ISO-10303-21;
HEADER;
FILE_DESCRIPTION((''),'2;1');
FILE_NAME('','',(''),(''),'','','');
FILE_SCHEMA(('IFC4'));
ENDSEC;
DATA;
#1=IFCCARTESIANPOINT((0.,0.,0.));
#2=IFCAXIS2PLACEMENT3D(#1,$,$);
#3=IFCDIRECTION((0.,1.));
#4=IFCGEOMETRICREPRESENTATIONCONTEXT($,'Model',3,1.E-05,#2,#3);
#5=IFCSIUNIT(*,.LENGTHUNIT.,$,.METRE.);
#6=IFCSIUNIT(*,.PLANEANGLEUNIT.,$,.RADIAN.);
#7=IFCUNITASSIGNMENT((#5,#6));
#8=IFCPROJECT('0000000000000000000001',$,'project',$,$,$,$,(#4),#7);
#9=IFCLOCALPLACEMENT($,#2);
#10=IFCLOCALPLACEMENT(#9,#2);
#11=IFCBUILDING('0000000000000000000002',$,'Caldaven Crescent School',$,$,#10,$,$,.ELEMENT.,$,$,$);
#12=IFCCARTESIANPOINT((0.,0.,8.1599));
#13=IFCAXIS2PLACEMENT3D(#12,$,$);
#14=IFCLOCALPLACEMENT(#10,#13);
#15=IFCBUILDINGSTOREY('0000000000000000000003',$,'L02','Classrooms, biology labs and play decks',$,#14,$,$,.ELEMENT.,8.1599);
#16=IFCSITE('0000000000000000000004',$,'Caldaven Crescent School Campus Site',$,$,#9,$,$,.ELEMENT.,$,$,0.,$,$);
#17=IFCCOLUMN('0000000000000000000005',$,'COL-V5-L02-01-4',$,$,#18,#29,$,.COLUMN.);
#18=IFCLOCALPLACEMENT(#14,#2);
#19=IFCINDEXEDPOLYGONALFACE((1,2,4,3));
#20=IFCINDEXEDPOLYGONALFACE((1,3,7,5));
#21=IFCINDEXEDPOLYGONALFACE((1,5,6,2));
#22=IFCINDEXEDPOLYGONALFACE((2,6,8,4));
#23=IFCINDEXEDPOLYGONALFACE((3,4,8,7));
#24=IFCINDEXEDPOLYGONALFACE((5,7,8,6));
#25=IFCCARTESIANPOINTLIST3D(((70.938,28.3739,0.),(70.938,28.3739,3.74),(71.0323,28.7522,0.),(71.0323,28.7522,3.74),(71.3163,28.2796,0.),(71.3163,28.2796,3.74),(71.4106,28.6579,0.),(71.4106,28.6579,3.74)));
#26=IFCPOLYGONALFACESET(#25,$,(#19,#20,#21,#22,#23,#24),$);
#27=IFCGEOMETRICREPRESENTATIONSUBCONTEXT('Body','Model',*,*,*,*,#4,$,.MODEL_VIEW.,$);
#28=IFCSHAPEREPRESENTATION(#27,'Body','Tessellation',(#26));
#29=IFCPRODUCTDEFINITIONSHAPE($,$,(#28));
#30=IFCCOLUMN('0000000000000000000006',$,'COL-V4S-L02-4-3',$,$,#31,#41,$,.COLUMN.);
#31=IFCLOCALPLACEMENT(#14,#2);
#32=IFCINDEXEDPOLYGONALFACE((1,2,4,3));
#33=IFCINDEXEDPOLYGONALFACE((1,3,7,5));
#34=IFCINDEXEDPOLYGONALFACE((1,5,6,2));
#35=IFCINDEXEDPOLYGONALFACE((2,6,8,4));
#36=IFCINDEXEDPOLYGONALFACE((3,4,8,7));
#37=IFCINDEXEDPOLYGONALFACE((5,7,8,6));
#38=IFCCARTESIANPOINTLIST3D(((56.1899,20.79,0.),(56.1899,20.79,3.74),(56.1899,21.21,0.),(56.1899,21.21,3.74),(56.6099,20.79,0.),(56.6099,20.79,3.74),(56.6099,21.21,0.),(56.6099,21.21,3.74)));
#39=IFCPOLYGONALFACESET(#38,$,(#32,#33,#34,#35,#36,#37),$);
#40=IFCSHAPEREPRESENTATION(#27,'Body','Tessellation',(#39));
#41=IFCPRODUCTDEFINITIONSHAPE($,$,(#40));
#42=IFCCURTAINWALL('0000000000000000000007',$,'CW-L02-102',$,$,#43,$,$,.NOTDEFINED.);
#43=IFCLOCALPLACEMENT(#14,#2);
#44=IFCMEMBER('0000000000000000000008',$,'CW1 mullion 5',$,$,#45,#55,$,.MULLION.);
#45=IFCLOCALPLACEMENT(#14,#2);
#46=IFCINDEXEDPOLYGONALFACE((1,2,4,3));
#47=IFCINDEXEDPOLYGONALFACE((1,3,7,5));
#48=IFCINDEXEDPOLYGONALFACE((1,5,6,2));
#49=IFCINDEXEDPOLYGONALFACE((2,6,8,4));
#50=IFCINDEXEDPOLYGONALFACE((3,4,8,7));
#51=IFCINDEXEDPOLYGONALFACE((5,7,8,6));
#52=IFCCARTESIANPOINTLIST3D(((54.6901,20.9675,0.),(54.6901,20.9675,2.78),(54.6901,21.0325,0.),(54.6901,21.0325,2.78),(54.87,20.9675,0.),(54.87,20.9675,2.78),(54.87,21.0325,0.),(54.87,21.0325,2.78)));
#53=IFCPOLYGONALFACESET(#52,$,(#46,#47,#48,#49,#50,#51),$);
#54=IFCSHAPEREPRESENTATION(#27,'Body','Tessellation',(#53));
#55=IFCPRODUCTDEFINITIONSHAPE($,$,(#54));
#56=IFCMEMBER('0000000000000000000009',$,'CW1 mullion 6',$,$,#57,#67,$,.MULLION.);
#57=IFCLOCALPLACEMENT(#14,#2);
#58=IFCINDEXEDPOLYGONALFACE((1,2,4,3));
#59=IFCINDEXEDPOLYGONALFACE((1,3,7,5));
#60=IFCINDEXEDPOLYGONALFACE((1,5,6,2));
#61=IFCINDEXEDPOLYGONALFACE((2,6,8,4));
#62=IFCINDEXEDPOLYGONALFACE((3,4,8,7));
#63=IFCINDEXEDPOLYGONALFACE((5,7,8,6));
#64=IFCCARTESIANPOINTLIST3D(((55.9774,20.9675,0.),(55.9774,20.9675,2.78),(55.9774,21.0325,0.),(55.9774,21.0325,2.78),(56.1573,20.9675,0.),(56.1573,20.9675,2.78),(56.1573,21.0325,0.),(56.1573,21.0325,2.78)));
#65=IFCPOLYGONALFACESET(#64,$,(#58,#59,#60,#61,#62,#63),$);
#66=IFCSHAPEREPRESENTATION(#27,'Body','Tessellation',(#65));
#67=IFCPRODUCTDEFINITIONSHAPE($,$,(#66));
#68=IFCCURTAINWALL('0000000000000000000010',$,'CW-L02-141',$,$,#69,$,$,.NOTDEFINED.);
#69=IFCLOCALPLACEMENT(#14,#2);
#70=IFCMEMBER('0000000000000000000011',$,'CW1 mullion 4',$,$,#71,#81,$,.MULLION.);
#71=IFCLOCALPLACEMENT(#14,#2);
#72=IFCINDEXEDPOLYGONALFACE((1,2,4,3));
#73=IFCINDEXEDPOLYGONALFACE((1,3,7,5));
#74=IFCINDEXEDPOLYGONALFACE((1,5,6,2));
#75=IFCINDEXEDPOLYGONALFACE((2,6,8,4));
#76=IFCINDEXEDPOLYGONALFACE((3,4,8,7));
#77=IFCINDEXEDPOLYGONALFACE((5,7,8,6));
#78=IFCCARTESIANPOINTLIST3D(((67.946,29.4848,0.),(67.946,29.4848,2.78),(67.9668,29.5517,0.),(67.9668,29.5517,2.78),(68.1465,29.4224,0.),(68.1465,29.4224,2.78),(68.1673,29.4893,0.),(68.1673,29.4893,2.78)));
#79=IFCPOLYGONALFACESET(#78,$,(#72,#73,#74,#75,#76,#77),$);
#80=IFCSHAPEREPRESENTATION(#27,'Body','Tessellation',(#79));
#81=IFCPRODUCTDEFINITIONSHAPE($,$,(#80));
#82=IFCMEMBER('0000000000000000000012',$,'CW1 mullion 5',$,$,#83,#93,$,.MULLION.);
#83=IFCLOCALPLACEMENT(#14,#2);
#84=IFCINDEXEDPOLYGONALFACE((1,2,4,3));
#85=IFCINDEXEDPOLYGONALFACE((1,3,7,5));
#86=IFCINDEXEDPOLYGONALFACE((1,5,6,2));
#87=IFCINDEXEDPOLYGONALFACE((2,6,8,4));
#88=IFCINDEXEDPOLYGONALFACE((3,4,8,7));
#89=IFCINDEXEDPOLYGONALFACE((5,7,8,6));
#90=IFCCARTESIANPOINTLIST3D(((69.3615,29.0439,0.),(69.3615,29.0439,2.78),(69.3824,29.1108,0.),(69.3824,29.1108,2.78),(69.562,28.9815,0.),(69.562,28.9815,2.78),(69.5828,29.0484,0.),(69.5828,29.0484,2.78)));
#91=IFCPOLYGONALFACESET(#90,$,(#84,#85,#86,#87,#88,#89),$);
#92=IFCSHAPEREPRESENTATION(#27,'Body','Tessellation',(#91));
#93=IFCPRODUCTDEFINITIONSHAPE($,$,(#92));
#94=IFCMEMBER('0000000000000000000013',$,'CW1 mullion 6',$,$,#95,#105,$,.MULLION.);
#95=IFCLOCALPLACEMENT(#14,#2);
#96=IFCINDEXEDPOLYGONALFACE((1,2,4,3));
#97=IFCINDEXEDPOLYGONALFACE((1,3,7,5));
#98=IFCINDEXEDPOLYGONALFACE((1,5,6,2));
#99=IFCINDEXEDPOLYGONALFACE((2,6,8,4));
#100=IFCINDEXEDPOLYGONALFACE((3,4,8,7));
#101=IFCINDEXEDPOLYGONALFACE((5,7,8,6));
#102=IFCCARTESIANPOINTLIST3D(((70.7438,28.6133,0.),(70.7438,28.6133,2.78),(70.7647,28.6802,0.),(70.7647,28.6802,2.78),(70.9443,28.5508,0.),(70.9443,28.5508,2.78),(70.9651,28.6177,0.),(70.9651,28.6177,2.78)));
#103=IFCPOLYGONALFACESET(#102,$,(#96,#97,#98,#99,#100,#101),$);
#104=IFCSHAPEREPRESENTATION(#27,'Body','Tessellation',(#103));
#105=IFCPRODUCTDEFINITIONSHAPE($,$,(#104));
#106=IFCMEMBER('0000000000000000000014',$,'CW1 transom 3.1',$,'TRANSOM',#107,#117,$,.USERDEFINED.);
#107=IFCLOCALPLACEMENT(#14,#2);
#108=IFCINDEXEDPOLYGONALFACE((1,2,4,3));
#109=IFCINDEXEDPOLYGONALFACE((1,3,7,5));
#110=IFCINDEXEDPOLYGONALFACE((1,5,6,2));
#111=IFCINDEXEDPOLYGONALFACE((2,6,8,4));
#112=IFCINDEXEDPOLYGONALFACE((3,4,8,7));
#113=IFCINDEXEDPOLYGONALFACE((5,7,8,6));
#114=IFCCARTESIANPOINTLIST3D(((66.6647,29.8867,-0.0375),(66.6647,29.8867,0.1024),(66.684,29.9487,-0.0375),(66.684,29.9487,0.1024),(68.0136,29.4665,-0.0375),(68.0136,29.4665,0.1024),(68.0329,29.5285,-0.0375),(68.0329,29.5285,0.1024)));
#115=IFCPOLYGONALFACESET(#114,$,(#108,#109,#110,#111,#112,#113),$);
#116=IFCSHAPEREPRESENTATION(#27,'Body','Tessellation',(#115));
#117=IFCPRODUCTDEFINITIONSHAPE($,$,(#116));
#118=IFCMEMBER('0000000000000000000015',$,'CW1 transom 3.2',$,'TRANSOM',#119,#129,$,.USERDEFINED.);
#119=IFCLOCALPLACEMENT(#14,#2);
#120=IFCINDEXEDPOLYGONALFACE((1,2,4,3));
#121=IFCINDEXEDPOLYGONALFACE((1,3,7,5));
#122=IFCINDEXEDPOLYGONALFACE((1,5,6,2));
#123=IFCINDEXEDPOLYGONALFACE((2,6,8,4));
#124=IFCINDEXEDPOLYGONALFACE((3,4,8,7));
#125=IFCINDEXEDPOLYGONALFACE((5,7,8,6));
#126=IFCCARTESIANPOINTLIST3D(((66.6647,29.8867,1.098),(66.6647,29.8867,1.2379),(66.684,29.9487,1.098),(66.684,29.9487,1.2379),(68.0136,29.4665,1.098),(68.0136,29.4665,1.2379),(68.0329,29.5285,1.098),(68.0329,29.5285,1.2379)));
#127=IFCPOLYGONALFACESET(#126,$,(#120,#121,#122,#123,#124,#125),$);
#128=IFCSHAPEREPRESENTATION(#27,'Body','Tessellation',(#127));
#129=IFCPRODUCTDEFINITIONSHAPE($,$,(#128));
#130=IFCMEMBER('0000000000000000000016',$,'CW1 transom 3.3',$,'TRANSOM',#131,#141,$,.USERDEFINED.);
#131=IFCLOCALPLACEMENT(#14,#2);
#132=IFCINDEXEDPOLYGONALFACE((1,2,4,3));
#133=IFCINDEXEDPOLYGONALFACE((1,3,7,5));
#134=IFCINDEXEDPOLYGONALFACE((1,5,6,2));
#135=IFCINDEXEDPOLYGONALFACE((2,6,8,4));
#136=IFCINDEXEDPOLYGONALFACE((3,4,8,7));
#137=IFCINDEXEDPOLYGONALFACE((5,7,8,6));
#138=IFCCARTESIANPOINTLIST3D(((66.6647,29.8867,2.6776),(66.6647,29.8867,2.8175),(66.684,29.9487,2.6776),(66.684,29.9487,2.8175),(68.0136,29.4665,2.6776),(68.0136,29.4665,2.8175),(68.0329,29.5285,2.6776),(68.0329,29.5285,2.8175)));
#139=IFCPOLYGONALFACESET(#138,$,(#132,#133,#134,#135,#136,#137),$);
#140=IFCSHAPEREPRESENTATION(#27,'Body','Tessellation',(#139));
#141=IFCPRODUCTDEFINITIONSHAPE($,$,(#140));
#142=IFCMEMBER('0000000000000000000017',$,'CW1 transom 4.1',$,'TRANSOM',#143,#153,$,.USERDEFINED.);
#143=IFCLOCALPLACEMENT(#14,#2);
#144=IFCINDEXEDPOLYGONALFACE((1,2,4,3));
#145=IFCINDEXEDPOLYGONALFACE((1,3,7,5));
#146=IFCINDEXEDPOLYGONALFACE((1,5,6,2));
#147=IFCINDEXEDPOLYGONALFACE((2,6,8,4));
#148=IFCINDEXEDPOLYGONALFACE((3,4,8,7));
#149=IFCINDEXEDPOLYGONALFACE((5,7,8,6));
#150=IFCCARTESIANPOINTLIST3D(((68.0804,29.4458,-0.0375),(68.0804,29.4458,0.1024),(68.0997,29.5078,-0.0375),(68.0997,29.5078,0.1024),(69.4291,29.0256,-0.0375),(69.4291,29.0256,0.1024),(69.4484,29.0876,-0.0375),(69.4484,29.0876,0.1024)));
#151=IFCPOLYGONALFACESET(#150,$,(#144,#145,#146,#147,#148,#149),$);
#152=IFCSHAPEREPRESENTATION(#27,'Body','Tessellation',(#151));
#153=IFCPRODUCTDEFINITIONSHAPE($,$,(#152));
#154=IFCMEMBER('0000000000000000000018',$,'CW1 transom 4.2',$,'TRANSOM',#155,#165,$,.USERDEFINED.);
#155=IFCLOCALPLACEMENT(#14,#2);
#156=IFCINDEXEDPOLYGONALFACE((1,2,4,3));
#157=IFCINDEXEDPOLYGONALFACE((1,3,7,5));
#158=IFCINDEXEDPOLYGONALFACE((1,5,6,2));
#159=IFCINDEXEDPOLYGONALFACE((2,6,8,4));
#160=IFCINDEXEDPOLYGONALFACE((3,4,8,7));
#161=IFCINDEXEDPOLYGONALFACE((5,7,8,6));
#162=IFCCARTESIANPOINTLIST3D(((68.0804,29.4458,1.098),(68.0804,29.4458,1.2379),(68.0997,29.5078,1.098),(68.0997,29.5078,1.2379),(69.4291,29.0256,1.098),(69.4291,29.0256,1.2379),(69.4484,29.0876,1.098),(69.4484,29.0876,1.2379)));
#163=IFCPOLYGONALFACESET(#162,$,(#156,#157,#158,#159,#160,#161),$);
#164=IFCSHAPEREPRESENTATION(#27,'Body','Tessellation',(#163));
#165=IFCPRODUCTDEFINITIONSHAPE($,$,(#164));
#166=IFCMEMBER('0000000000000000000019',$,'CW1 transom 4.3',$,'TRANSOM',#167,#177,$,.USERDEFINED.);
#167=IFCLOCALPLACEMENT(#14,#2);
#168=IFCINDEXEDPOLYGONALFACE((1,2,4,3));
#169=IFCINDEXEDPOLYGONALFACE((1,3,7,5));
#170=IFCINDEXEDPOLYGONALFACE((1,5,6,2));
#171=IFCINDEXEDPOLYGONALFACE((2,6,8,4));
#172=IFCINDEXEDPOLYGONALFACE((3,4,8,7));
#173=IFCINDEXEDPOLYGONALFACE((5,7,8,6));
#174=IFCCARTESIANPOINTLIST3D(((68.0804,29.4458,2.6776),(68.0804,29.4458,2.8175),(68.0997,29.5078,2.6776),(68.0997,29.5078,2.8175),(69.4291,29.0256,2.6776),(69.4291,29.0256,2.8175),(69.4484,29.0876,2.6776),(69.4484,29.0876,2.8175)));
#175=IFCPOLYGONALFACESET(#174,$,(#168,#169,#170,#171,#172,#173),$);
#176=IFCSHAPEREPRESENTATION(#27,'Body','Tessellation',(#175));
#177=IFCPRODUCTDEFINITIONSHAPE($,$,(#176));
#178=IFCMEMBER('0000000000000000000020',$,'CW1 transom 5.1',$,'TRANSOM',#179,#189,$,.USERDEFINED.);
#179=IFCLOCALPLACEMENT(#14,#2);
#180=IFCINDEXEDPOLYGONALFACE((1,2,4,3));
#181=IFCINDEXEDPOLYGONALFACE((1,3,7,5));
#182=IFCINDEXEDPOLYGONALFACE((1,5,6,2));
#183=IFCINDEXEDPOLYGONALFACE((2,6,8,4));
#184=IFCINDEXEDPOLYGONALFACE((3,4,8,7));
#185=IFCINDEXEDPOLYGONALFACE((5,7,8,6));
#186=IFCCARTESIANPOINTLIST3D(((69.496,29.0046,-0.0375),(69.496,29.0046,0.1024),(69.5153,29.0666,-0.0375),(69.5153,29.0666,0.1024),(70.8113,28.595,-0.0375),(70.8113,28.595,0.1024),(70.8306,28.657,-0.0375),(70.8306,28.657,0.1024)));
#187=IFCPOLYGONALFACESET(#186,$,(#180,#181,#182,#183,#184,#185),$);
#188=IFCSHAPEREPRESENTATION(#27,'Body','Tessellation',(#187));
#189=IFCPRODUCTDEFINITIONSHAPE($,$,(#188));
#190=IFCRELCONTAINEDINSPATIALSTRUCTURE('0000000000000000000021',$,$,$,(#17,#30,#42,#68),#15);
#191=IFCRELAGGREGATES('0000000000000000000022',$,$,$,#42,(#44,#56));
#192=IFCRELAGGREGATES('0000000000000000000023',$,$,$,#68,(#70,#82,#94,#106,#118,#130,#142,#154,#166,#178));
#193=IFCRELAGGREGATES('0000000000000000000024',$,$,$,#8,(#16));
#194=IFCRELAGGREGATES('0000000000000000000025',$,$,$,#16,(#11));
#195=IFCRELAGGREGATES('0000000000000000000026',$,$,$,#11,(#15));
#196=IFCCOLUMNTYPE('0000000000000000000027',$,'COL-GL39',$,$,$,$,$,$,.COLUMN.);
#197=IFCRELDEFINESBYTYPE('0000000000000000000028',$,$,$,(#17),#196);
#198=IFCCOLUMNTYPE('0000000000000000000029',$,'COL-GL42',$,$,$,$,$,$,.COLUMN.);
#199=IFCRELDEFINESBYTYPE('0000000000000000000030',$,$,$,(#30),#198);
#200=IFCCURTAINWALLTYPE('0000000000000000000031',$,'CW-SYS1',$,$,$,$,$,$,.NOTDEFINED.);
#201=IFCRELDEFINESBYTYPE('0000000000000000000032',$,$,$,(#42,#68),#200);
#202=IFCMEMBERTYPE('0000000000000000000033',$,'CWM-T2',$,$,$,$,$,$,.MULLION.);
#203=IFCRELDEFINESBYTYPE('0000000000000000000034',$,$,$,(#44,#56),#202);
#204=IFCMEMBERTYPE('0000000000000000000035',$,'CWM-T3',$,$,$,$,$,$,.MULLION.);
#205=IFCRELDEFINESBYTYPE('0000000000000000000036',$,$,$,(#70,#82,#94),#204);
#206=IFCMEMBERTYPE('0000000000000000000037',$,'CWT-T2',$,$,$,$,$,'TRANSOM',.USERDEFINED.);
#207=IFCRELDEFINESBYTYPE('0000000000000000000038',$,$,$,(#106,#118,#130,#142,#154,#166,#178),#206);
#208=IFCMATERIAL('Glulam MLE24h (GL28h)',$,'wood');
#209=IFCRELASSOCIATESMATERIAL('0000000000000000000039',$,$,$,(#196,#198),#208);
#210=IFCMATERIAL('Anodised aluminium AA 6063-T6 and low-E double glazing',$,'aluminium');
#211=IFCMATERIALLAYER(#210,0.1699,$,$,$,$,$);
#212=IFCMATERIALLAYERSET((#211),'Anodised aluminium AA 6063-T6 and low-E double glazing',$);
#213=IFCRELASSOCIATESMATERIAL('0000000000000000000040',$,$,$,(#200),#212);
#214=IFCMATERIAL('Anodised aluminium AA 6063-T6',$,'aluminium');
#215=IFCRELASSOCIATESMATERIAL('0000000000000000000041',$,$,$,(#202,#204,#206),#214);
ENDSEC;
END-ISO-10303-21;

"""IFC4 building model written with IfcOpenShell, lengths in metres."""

from ifc_helpers import new_model, si_unit, direction, frame, origin, origin_2d, place, context, subcontext, project, spatial, rectangle, extrude, material, layer, layer_set, material_profile, profile_set, type_object, element, aggregate, save


model = new_model("IFC4")

# Units and contexts
model_context = context("Model", 3, precision=1e-05, world=origin(), true_north=direction((0.0, 1.0)))
body_context = subcontext(model_context, "Body", "Model", "MODEL_VIEW")
ifc_project = project(units=[si_unit("LENGTHUNIT", "METRE"), si_unit("PLANEANGLEUNIT", "RADIAN")], contexts=[model_context])

# Site, building, storey
site_placement = place(None, origin())
site = spatial("IfcSite", under=ifc_project, at=site_placement, Name="Caldaven Crescent School Campus Site", CompositionType="ELEMENT", RefElevation=0.0)
building_placement = place(site_placement, origin())
building = spatial("IfcBuilding", under=site, at=building_placement, Name="Caldaven Crescent School", CompositionType="ELEMENT")
storey_placement = place(building_placement, frame((0.0, 0.0, 8.1599)))
storey = spatial("IfcBuildingStorey", under=building, at=storey_placement, Name="L02", Description="Classrooms, biology labs and play decks", CompositionType="ELEMENT", Elevation=8.1599)

# Columns
ifc_material_1 = material(Name="Glulam MLE24h (GL28h)", Category="wood")
ifc_material_profile_1 = material_profile(ifc_material_1, rectangle(XDim=0.3899, YDim=0.3899, at=origin_2d()), Name="MLE 390x390")
ifc_profile_set_1 = profile_set([ifc_material_profile_1], Name="Glulam MLE24h (GL28h)")
column_type_1 = type_object("IfcColumnType", Name="COL-GL39", PredefinedType="COLUMN", material=ifc_profile_set_1)
column_1_placement = place(storey_placement, frame((71.1743, 28.5159, 0.0), z_axis=(0.0, 0.0, 1.0), x_axis=(-0.241922, -0.970296, 0.0)))
element("IfcColumn", 1, at=column_1_placement, inside=storey, type_object=column_type_1, Name="COL-V5-L02-01-4", PredefinedType="COLUMN", context=body_context, shape_type="SweptSolid", body=[
    extrude(rectangle(XDim=0.3899, YDim=0.3899, at=origin_2d()), origin(), (0.0, 0.0, 1.0), 3.74),
])
ifc_material_profile_2 = material_profile(ifc_material_1, rectangle(XDim=0.4199, YDim=0.4199, at=origin_2d()), Name="MLE 420x420")
ifc_profile_set_2 = profile_set([ifc_material_profile_2], Name="Glulam MLE24h (GL28h)")
column_type_2 = type_object("IfcColumnType", Name="COL-GL42", PredefinedType="COLUMN", material=ifc_profile_set_2)
column_2_placement = place(storey_placement, frame((56.3999, 21.0, 0.0), z_axis=(0.0, 0.0, 1.0), x_axis=(1.0, 0.0, 0.0)))
element("IfcColumn", 2, at=column_2_placement, inside=storey, type_object=column_type_2, Name="COL-V4S-L02-4-3", PredefinedType="COLUMN", context=body_context, shape_type="SweptSolid", body=[
    extrude(rectangle(XDim=0.4199, YDim=0.4199, at=origin_2d()), origin(), (0.0, 0.0, 1.0), 3.74),
])

# Curtain walls, members
ifc_material_2 = material(Name="Anodised aluminium AA 6063-T6 and low-E double glazing", Category="aluminium")
ifc_layer_1 = layer(ifc_material_2, 0.1699)
ifc_layer_set_1 = layer_set([ifc_layer_1], Name="Anodised aluminium AA 6063-T6 and low-E double glazing")
curtain_wall_type = type_object("IfcCurtainWallType", Name="CW-SYS1", PredefinedType="NOTDEFINED", material=ifc_layer_set_1)
curtain_wall_1_placement = place(storey_placement, origin())
curtain_wall_1 = element("IfcCurtainWall", 3, at=curtain_wall_1_placement, inside=storey, type_object=curtain_wall_type, Name="CW-L02-102", PredefinedType="NOTDEFINED")
ifc_material_3 = material(Name="Anodised aluminium AA 6063-T6", Category="aluminium")
ifc_material_profile_3 = material_profile(ifc_material_3, rectangle(XDim=0.0649, YDim=0.1799, at=origin_2d()), Name="CWM 65x180")
ifc_profile_set_3 = profile_set([ifc_material_profile_3], Name="Anodised aluminium AA 6063-T6")
member_type_1 = type_object("IfcMemberType", Name="CWM-T2", PredefinedType="MULLION", material=ifc_profile_set_3)
member_1_placement = place(storey_placement, frame((54.78, 21.0, 0.0), z_axis=(0.0, 0.0, 1.0), x_axis=(0.0, 1.0, 0.0)))
member_1 = element("IfcMember", 4, at=member_1_placement, type_object=member_type_1, Name="CW1 mullion 5", PredefinedType="MULLION", context=body_context, shape_type="SweptSolid", body=[
    extrude(rectangle(XDim=0.0649, YDim=0.1799, at=origin_2d()), origin(), (0.0, 0.0, 1.0), 2.78),
])
member_2_placement = place(storey_placement, frame((56.0674, 21.0, 0.0), z_axis=(0.0, 0.0, 1.0), x_axis=(0.0, 1.0, 0.0)))
member_2 = element("IfcMember", 5, at=member_2_placement, type_object=member_type_1, Name="CW1 mullion 6", PredefinedType="MULLION", context=body_context, shape_type="SweptSolid", body=[
    extrude(rectangle(XDim=0.0649, YDim=0.1799, at=origin_2d()), origin(), (0.0, 0.0, 1.0), 2.78),
])
curtain_wall_2_placement = place(storey_placement, origin())
curtain_wall_2 = element("IfcCurtainWall", 6, at=curtain_wall_2_placement, inside=storey, type_object=curtain_wall_type, Name="CW-L02-141", PredefinedType="NOTDEFINED")
ifc_material_profile_4 = material_profile(ifc_material_3, rectangle(XDim=0.0701, YDim=0.21, at=origin_2d()), Name="CWM 70x210")
ifc_profile_set_4 = profile_set([ifc_material_profile_4], Name="Anodised aluminium AA 6063-T6")
member_type_2 = type_object("IfcMemberType", Name="CWM-T3", PredefinedType="MULLION", material=ifc_profile_set_4)
member_3_placement = place(storey_placement, frame((68.0566, 29.4871, 0.0), z_axis=(0.0, 0.0, 1.0), x_axis=(0.29742, 0.954747, 0.0)))
member_3 = element("IfcMember", 7, at=member_3_placement, type_object=member_type_2, Name="CW1 mullion 4", PredefinedType="MULLION", context=body_context, shape_type="SweptSolid", body=[
    extrude(rectangle(XDim=0.0701, YDim=0.21, at=origin_2d()), origin(), (0.0, 0.0, 1.0), 2.78),
])
member_4_placement = place(storey_placement, frame((69.4722, 29.0461, 0.0), z_axis=(0.0, 0.0, 1.0), x_axis=(0.29742, 0.954747, 0.0)))
member_4 = element("IfcMember", 8, at=member_4_placement, type_object=member_type_2, Name="CW1 mullion 5", PredefinedType="MULLION", context=body_context, shape_type="SweptSolid", body=[
    extrude(rectangle(XDim=0.0701, YDim=0.21, at=origin_2d()), origin(), (0.0, 0.0, 1.0), 2.78),
])
member_5_placement = place(storey_placement, frame((70.8545, 28.6155, 0.0), z_axis=(0.0, 0.0, 1.0), x_axis=(0.29742, 0.954747, 0.0)))
member_5 = element("IfcMember", 9, at=member_5_placement, type_object=member_type_2, Name="CW1 mullion 6", PredefinedType="MULLION", context=body_context, shape_type="SweptSolid", body=[
    extrude(rectangle(XDim=0.0701, YDim=0.21, at=origin_2d()), origin(), (0.0, 0.0, 1.0), 2.78),
])
ifc_material_profile_5 = material_profile(ifc_material_3, rectangle(XDim=0.0649, YDim=0.1399, at=origin_2d()), Name="CWT 65x140")
ifc_profile_set_5 = profile_set([ifc_material_profile_5], Name="Anodised aluminium AA 6063-T6")
member_type_3 = type_object("IfcMemberType", Name="CWT-T2", ElementType="TRANSOM", PredefinedType="USERDEFINED", material=ifc_profile_set_5)
member_6_placement = place(storey_placement, frame((66.6743, 29.9177, 0.0325), z_axis=(0.954753, -0.297399, 0.0), x_axis=(0.297399, 0.954753, 0.0)))
member_6 = element("IfcMember", 10, at=member_6_placement, type_object=member_type_3, Name="CW1 transom 3.1", ObjectType="TRANSOM", PredefinedType="USERDEFINED", context=body_context, shape_type="SweptSolid", body=[
    extrude(rectangle(XDim=0.0649, YDim=0.1399, at=origin_2d()), origin(), (0.0, 0.0, 1.0), 1.4128),
])
member_7_placement = place(storey_placement, frame((66.6743, 29.9177, 1.168), z_axis=(0.954753, -0.297399, 0.0), x_axis=(0.297399, 0.954753, 0.0)))
member_7 = element("IfcMember", 11, at=member_7_placement, type_object=member_type_3, Name="CW1 transom 3.2", ObjectType="TRANSOM", PredefinedType="USERDEFINED", context=body_context, shape_type="SweptSolid", body=[
    extrude(rectangle(XDim=0.0649, YDim=0.1399, at=origin_2d()), origin(), (0.0, 0.0, 1.0), 1.4128),
])
member_8_placement = place(storey_placement, frame((66.6743, 29.9177, 2.7476), z_axis=(0.954753, -0.297399, 0.0), x_axis=(0.297399, 0.954753, 0.0)))
member_8 = element("IfcMember", 12, at=member_8_placement, type_object=member_type_3, Name="CW1 transom 3.3", ObjectType="TRANSOM", PredefinedType="USERDEFINED", context=body_context, shape_type="SweptSolid", body=[
    extrude(rectangle(XDim=0.0649, YDim=0.1399, at=origin_2d()), origin(), (0.0, 0.0, 1.0), 1.4128),
])
member_9_placement = place(storey_placement, frame((68.0901, 29.4768, 0.0325), z_axis=(0.954738, -0.297448, 0.0), x_axis=(0.297448, 0.954738, 0.0)))
member_9 = element("IfcMember", 13, at=member_9_placement, type_object=member_type_3, Name="CW1 transom 4.1", ObjectType="TRANSOM", PredefinedType="USERDEFINED", context=body_context, shape_type="SweptSolid", body=[
    extrude(rectangle(XDim=0.0649, YDim=0.1399, at=origin_2d()), origin(), (0.0, 0.0, 1.0), 1.4126),
])
member_10_placement = place(storey_placement, frame((68.0901, 29.4768, 1.168), z_axis=(0.954738, -0.297448, 0.0), x_axis=(0.297448, 0.954738, 0.0)))
member_10 = element("IfcMember", 14, at=member_10_placement, type_object=member_type_3, Name="CW1 transom 4.2", ObjectType="TRANSOM", PredefinedType="USERDEFINED", context=body_context, shape_type="SweptSolid", body=[
    extrude(rectangle(XDim=0.0649, YDim=0.1399, at=origin_2d()), origin(), (0.0, 0.0, 1.0), 1.4126),
])
member_11_placement = place(storey_placement, frame((68.0901, 29.4768, 2.7476), z_axis=(0.954738, -0.297448, 0.0), x_axis=(0.297448, 0.954738, 0.0)))
member_11 = element("IfcMember", 15, at=member_11_placement, type_object=member_type_3, Name="CW1 transom 4.3", ObjectType="TRANSOM", PredefinedType="USERDEFINED", context=body_context, shape_type="SweptSolid", body=[
    extrude(rectangle(XDim=0.0649, YDim=0.1399, at=origin_2d()), origin(), (0.0, 0.0, 1.0), 1.4126),
])
member_12_placement = place(storey_placement, frame((69.5056, 29.0356, 0.0325), z_axis=(0.95477, -0.297347, 0.0), x_axis=(0.297347, 0.95477, 0.0)))
member_12 = element("IfcMember", 16, at=member_12_placement, type_object=member_type_3, Name="CW1 transom 5.1", ObjectType="TRANSOM", PredefinedType="USERDEFINED", context=body_context, shape_type="SweptSolid", body=[
    extrude(rectangle(XDim=0.0649, YDim=0.1399, at=origin_2d()), origin(), (0.0, 0.0, 1.0), 1.3777),
])

aggregate(curtain_wall_1, [member_1, member_2])
aggregate(curtain_wall_2, [member_3, member_4, member_5, member_6, member_7, member_8, member_9, member_10, member_11, member_12])

save(model, "model.ifc")
